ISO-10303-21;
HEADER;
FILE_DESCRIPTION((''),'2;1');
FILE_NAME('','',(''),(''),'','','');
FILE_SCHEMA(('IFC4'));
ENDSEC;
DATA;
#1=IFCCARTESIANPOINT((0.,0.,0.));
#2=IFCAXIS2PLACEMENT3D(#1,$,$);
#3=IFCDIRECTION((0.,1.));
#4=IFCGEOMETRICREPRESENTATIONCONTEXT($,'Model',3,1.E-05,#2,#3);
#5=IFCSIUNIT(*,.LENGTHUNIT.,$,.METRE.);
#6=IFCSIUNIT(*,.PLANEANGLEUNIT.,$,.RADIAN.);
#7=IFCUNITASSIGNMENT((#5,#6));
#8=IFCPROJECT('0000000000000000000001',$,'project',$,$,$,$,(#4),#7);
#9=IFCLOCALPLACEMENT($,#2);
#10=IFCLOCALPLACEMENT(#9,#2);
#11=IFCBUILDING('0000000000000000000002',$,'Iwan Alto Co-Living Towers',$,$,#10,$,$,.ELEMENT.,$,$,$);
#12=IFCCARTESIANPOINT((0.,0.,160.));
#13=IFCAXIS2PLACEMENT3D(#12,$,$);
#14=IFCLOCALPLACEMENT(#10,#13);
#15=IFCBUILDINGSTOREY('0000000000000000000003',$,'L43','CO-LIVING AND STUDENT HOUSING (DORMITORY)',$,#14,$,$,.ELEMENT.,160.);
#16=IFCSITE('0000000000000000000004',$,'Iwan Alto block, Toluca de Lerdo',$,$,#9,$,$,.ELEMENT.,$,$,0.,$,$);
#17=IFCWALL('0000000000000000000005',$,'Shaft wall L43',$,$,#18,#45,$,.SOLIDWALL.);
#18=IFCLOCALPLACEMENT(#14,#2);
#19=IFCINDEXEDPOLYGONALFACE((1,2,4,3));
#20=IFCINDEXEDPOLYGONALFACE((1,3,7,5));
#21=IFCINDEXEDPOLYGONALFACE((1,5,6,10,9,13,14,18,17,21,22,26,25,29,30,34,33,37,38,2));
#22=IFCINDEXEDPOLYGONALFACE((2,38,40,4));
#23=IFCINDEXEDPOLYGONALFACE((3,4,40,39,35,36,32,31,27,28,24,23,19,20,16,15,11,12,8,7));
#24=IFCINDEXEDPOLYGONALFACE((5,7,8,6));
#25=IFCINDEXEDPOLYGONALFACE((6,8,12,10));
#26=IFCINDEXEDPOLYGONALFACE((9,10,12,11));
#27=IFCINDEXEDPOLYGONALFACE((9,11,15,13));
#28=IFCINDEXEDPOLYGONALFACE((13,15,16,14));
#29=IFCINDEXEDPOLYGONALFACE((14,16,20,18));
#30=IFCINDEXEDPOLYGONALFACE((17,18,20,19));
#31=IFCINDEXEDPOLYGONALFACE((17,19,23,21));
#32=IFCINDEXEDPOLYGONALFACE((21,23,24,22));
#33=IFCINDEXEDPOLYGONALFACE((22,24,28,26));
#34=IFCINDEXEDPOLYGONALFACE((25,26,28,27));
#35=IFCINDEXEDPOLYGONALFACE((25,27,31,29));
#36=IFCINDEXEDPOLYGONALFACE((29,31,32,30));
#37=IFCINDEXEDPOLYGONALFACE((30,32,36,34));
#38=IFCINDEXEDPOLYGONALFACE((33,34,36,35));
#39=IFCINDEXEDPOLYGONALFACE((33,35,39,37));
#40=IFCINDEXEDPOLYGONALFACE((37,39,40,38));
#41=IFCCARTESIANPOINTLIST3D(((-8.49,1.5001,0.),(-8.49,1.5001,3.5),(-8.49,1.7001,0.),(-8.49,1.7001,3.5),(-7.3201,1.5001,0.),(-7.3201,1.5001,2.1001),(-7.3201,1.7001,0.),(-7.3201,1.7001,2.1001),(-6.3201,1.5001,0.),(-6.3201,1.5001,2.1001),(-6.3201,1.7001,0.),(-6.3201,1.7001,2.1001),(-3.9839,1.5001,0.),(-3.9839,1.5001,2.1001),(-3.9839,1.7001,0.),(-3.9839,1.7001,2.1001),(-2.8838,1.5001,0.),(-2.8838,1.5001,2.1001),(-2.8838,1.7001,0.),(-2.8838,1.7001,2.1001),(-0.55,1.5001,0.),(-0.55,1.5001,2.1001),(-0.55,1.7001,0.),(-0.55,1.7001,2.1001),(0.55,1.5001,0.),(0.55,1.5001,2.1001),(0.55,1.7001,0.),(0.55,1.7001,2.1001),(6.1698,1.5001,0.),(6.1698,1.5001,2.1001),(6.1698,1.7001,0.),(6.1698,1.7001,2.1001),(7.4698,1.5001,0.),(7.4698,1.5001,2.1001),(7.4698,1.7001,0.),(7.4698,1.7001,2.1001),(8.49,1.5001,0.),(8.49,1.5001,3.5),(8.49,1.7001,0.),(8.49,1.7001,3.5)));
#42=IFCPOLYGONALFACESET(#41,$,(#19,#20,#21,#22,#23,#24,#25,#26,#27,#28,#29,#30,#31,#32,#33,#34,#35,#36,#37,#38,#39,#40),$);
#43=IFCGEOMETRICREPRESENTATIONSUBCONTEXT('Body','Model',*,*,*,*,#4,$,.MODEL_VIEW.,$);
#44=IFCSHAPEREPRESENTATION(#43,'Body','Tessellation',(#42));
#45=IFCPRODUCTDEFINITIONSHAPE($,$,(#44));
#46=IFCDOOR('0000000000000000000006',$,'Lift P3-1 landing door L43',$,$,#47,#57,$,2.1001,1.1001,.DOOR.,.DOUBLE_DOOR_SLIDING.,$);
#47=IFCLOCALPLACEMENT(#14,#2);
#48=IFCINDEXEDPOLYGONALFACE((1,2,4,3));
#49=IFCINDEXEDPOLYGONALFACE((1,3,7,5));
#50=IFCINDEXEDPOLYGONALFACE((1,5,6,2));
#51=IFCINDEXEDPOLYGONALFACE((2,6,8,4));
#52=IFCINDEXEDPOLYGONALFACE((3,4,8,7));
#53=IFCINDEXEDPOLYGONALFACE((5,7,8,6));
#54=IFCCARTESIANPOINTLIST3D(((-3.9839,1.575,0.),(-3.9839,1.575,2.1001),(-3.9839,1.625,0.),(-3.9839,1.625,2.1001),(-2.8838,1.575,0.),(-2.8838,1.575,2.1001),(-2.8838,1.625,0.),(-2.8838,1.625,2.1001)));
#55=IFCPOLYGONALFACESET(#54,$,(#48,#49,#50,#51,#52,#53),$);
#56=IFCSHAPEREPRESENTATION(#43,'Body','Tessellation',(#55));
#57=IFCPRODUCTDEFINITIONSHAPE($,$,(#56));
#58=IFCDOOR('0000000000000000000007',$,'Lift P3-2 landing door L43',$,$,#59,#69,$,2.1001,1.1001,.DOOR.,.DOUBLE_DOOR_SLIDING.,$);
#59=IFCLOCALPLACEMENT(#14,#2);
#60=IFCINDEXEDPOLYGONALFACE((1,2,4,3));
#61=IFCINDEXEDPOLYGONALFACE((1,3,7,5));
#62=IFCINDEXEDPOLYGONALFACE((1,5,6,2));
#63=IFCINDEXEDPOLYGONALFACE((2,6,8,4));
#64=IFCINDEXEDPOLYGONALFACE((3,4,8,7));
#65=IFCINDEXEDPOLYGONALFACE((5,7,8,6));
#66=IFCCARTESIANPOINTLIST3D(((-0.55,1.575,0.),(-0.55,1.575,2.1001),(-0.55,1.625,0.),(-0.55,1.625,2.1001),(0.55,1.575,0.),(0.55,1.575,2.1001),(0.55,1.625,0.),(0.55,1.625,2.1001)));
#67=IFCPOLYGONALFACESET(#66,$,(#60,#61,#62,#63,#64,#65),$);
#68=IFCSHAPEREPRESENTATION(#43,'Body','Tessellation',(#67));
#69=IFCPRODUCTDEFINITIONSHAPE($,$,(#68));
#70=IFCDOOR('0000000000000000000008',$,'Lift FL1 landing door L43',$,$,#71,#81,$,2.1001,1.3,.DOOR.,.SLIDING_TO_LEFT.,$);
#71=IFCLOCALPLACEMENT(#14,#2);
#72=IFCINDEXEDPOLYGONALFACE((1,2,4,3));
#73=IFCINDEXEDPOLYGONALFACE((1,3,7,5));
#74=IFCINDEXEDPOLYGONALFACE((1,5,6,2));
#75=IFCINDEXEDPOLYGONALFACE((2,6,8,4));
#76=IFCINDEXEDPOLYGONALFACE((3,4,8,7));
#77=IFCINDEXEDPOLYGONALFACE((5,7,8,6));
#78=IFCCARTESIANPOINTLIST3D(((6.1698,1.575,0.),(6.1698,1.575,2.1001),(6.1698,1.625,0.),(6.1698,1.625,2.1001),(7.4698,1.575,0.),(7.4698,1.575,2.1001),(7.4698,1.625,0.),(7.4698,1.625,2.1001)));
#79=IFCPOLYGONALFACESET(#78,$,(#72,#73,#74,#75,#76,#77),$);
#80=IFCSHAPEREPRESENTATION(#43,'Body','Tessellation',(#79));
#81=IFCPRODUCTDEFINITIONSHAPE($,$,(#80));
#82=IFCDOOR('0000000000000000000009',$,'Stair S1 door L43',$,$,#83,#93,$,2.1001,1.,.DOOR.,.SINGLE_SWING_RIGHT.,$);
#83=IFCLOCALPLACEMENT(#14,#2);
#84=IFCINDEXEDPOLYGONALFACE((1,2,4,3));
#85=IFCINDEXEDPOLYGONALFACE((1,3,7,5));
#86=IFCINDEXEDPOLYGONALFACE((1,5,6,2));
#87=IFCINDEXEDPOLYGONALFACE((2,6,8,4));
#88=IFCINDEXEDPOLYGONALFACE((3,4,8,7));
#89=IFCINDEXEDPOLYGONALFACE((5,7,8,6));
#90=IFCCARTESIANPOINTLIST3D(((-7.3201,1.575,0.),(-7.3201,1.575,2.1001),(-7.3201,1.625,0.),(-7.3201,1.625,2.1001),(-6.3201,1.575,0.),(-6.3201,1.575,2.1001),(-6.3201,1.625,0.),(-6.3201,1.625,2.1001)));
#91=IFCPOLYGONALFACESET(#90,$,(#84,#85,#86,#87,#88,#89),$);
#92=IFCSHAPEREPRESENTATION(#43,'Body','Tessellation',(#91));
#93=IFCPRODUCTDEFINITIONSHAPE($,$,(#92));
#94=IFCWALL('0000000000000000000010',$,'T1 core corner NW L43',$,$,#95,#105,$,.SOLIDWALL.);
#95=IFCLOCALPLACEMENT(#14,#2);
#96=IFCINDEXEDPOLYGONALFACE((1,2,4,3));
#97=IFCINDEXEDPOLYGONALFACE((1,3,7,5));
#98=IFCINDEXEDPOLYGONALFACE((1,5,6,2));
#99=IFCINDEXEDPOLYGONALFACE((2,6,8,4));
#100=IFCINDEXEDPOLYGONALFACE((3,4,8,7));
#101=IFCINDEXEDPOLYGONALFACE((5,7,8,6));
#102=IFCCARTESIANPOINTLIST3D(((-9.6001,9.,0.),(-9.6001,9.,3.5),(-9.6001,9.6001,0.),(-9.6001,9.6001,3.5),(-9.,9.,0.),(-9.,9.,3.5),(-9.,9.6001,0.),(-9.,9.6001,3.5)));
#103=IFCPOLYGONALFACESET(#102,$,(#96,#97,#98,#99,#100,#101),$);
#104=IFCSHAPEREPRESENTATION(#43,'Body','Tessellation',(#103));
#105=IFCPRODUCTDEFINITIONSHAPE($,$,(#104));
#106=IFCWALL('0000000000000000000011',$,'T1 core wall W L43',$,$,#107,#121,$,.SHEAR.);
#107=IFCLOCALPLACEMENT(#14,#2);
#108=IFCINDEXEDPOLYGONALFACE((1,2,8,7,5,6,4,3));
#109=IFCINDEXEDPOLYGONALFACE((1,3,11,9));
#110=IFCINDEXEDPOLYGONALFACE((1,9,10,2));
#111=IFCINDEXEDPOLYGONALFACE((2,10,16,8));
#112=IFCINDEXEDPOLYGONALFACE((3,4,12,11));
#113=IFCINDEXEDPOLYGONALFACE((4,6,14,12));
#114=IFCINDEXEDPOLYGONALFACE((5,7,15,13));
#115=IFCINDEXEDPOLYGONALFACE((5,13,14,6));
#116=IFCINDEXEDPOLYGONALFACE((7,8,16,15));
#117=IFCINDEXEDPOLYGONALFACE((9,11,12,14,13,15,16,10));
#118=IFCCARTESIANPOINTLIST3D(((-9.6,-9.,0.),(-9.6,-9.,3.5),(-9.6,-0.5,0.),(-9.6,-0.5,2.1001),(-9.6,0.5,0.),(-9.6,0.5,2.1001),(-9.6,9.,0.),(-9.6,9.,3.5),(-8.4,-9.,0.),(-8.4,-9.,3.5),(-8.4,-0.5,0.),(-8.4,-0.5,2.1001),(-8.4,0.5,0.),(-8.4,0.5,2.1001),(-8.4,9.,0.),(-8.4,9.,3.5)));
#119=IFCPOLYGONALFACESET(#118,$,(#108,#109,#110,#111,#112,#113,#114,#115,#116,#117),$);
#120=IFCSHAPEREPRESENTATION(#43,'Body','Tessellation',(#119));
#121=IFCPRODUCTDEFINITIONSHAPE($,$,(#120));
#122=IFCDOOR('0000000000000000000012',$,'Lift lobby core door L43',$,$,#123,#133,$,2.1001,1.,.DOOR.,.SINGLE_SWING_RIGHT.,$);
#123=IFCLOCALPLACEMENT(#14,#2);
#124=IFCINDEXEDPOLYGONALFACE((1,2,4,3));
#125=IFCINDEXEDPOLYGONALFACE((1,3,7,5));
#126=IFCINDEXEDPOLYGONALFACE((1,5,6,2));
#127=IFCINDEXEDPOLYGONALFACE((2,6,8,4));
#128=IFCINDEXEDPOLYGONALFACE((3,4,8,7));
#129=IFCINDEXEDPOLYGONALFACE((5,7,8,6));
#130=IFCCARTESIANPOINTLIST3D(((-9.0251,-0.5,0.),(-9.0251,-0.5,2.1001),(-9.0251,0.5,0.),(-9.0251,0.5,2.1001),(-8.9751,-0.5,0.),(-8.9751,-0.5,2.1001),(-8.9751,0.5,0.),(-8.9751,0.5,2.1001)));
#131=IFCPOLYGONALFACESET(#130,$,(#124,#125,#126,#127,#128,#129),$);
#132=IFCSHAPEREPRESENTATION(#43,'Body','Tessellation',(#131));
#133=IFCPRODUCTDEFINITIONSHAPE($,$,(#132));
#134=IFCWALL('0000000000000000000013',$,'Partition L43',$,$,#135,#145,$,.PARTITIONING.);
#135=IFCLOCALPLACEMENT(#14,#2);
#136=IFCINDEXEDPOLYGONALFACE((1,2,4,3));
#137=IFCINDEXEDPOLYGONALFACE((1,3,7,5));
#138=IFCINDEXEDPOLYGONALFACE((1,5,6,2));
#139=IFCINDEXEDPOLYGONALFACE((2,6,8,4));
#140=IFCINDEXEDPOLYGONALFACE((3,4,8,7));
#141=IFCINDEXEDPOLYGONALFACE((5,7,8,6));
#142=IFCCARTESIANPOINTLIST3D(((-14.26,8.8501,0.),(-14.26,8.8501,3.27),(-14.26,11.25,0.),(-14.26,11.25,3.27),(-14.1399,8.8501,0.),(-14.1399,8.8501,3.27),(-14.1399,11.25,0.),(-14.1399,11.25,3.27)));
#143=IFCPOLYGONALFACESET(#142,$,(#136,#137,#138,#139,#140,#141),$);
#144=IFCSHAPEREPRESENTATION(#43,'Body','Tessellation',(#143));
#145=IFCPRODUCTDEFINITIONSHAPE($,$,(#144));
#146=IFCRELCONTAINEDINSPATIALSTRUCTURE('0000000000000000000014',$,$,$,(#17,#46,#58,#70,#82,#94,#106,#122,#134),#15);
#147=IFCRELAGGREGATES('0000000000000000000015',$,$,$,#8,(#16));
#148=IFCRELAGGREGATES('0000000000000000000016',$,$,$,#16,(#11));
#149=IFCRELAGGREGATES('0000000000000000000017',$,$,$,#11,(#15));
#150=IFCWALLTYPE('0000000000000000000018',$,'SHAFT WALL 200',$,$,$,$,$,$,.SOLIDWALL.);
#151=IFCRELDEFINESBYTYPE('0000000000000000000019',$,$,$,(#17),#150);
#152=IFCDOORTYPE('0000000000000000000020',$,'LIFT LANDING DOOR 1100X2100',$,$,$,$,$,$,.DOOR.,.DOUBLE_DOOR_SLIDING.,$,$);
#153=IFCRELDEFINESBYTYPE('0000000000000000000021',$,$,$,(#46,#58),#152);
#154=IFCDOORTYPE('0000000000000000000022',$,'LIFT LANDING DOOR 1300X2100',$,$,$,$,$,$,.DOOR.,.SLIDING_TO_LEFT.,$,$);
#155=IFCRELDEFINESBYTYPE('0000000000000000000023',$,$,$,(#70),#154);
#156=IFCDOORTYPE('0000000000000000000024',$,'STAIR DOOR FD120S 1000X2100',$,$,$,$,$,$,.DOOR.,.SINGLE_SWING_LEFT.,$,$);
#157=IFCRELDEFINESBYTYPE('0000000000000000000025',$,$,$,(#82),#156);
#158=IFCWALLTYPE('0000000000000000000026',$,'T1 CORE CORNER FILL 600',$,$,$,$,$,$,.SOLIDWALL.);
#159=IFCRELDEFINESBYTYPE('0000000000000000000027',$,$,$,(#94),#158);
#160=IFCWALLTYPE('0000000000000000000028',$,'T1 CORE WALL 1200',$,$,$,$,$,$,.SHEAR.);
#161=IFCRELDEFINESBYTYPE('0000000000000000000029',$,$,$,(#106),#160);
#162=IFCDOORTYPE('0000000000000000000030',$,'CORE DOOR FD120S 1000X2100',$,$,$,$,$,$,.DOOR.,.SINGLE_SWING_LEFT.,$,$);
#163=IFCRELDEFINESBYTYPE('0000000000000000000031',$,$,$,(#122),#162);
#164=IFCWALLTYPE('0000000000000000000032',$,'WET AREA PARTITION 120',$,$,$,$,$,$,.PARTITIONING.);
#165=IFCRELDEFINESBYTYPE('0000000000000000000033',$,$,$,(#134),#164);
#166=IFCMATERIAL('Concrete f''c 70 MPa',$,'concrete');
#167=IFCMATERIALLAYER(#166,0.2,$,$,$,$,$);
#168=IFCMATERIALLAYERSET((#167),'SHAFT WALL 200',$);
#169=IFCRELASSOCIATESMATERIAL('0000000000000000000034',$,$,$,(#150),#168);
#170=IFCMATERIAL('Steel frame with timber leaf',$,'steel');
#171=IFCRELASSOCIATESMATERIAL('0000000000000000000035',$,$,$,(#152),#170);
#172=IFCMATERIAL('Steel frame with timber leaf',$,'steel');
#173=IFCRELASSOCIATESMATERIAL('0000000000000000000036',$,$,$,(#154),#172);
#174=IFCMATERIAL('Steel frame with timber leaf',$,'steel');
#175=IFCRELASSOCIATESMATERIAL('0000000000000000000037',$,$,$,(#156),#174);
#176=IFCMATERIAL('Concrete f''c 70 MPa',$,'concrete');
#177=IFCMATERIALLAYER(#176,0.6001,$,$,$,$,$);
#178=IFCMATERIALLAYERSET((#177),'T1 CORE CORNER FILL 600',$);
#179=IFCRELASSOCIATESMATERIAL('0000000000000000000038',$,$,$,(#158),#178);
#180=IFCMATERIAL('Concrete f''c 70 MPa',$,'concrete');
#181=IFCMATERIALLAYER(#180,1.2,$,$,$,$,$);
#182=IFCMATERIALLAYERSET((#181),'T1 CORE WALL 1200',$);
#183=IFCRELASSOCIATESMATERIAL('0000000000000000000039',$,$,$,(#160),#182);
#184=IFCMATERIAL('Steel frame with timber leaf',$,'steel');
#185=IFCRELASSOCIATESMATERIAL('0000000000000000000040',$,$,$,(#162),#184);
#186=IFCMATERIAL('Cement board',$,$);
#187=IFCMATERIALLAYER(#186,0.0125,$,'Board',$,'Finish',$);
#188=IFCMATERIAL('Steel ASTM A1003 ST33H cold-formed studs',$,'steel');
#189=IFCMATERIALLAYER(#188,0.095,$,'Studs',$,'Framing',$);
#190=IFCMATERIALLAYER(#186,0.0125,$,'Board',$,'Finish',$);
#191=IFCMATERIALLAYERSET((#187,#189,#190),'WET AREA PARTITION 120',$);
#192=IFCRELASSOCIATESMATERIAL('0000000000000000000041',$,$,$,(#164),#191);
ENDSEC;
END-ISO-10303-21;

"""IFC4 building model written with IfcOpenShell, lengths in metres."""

from ifc_helpers import new_model, si_unit, direction, frame, frame_2d, origin, place, context, subcontext, project, spatial, rectangle, extrude, material, layer, layer_set, type_object, element, fill, save


model = new_model("IFC4")

# Units and contexts
model_context = context("Model", 3, precision=1e-05, world=origin(), true_north=direction((0.0, 1.0)))
body_context = subcontext(model_context, "Body", "Model", "MODEL_VIEW")
ifc_project = project(units=[si_unit("LENGTHUNIT", "METRE"), si_unit("PLANEANGLEUNIT", "RADIAN")], contexts=[model_context])

# Site, building, storey
site_placement = place(None, origin())
site = spatial("IfcSite", under=ifc_project, at=site_placement, Name="Iwan Alto block, Toluca de Lerdo", CompositionType="ELEMENT", RefElevation=0.0)
building_placement = place(site_placement, origin())
building = spatial("IfcBuilding", under=site, at=building_placement, Name="Iwan Alto Co-Living Towers", CompositionType="ELEMENT")
storey_placement = place(building_placement, frame((0.0, 0.0, 160.0)))
storey = spatial("IfcBuildingStorey", under=building, at=storey_placement, Name="L43", Description="CO-LIVING AND STUDENT HOUSING (DORMITORY)", CompositionType="ELEMENT", Elevation=160.0)

# Shared definitions
ifc_material_1 = material(Name="Steel ASTM A1003 ST33H cold-formed studs", Category="steel")

# Wall, openings, doors
ifc_material_2 = material(Name="Concrete f'c 70 MPa", Category="concrete")
ifc_layer_1 = layer(ifc_material_2, 0.2)
ifc_layer_set_1 = layer_set([ifc_layer_1], Name="SHAFT WALL 200")
wall_type_1 = type_object("IfcWallType", Name="SHAFT WALL 200", PredefinedType="SOLIDWALL", material=ifc_layer_set_1)
wall_1_placement = place(storey_placement, frame((-8.49, 1.6001, 0.0), z_axis=(0.0, 0.0, 1.0), x_axis=(1.0, 0.0, 0.0)))
wall_1 = element("IfcWall", 1, at=wall_1_placement, inside=storey, type_object=wall_type_1, Name="Shaft wall L43", PredefinedType="SOLIDWALL", context=body_context, shape_type="SweptSolid", body=[
    extrude(rectangle(XDim=16.98, YDim=0.2, at=frame_2d((8.49, 0.0))), origin(), (0.0, 0.0, 1.0), 3.5),
])
opening_1_placement = place(wall_1_placement, frame((1.1699, 0.0, 0.0)))
opening_1 = element("IfcOpeningElement", 2, at=opening_1_placement, cuts=wall_1, PredefinedType="OPENING", context=body_context, shape_type="SweptSolid", body=[
    extrude(rectangle(XDim=1.0, YDim=2.1001, at=frame_2d((0.5, 1.05))), frame((0.0, 0.1099, 0.0), z_axis=(0.0, -1.0, 0.0), x_axis=(1.0, 0.0, 0.0)), (0.0, 0.0, 1.0), 0.22),
])
opening_2_placement = place(wall_1_placement, frame((4.5061, 0.0, 0.0)))
opening_2 = element("IfcOpeningElement", 3, at=opening_2_placement, cuts=wall_1, PredefinedType="OPENING", context=body_context, shape_type="SweptSolid", body=[
    extrude(rectangle(XDim=1.1001, YDim=2.1001, at=frame_2d((0.55, 1.05))), frame((0.0, 0.1099, 0.0), z_axis=(0.0, -1.0, 0.0), x_axis=(1.0, 0.0, 0.0)), (0.0, 0.0, 1.0), 0.22),
])
opening_3_placement = place(wall_1_placement, frame((7.9399, 0.0, 0.0)))
opening_3 = element("IfcOpeningElement", 4, at=opening_3_placement, cuts=wall_1, PredefinedType="OPENING", context=body_context, shape_type="SweptSolid", body=[
    extrude(rectangle(XDim=1.1001, YDim=2.1001, at=frame_2d((0.55, 1.05))), frame((0.0, 0.1099, 0.0), z_axis=(0.0, -1.0, 0.0), x_axis=(1.0, 0.0, 0.0)), (0.0, 0.0, 1.0), 0.22),
])
opening_4_placement = place(wall_1_placement, frame((14.6599, 0.0, 0.0)))
opening_4 = element("IfcOpeningElement", 5, at=opening_4_placement, cuts=wall_1, PredefinedType="OPENING", context=body_context, shape_type="SweptSolid", body=[
    extrude(rectangle(XDim=1.3, YDim=2.1001, at=frame_2d((0.6499, 1.05))), frame((0.0, 0.1099, 0.0), z_axis=(0.0, -1.0, 0.0), x_axis=(1.0, 0.0, 0.0)), (0.0, 0.0, 1.0), 0.22),
])
ifc_material_3 = material(Name="Steel frame with timber leaf", Category="steel")
door_type_1 = type_object("IfcDoorType", Name="LIFT LANDING DOOR 1100X2100", OperationType="DOUBLE_DOOR_SLIDING", PredefinedType="DOOR", material=ifc_material_3)
door_1_placement = place(opening_2_placement, origin())
door_1 = element("IfcDoor", 6, at=door_1_placement, inside=storey, type_object=door_type_1, Name="Lift P3-1 landing door L43", OperationType="DOUBLE_DOOR_SLIDING", OverallHeight=2.1001, OverallWidth=1.1001, PredefinedType="DOOR", context=body_context, shape_type="SweptSolid", body=[
    extrude(rectangle(XDim=1.1001, YDim=2.1001, at=frame_2d((0.55, 1.05))), frame((0.0, 0.0249, 0.0), z_axis=(0.0, -1.0, 0.0), x_axis=(1.0, 0.0, 0.0)), (0.0, 0.0, 1.0), 0.05),
])
fill(opening_2, door_1)
door_2_placement = place(opening_3_placement, origin())
door_2 = element("IfcDoor", 7, at=door_2_placement, inside=storey, type_object=door_type_1, Name="Lift P3-2 landing door L43", OperationType="DOUBLE_DOOR_SLIDING", OverallHeight=2.1001, OverallWidth=1.1001, PredefinedType="DOOR", context=body_context, shape_type="SweptSolid", body=[
    extrude(rectangle(XDim=1.1001, YDim=2.1001, at=frame_2d((0.55, 1.05))), frame((0.0, 0.0249, 0.0), z_axis=(0.0, -1.0, 0.0), x_axis=(1.0, 0.0, 0.0)), (0.0, 0.0, 1.0), 0.05),
])
fill(opening_3, door_2)
ifc_material_4 = material(Name="Steel frame with timber leaf", Category="steel")
door_type_2 = type_object("IfcDoorType", Name="LIFT LANDING DOOR 1300X2100", OperationType="SLIDING_TO_LEFT", PredefinedType="DOOR", material=ifc_material_4)
door_3_placement = place(opening_4_placement, origin())
door_3 = element("IfcDoor", 8, at=door_3_placement, inside=storey, type_object=door_type_2, Name="Lift FL1 landing door L43", OperationType="SLIDING_TO_LEFT", OverallHeight=2.1001, OverallWidth=1.3, PredefinedType="DOOR", context=body_context, shape_type="SweptSolid", body=[
    extrude(rectangle(XDim=1.3, YDim=2.1001, at=frame_2d((0.6499, 1.05))), frame((0.0, 0.0249, 0.0), z_axis=(0.0, -1.0, 0.0), x_axis=(1.0, 0.0, 0.0)), (0.0, 0.0, 1.0), 0.05),
])
fill(opening_4, door_3)
ifc_material_5 = material(Name="Steel frame with timber leaf", Category="steel")
door_type_3 = type_object("IfcDoorType", Name="STAIR DOOR FD120S 1000X2100", OperationType="SINGLE_SWING_LEFT", PredefinedType="DOOR", material=ifc_material_5)
door_4_placement = place(opening_1_placement, origin())
door_4 = element("IfcDoor", 9, at=door_4_placement, inside=storey, type_object=door_type_3, Name="Stair S1 door L43", OperationType="SINGLE_SWING_RIGHT", OverallHeight=2.1001, OverallWidth=1.0, PredefinedType="DOOR", context=body_context, shape_type="SweptSolid", body=[
    extrude(rectangle(XDim=1.0, YDim=2.1001, at=frame_2d((0.5, 1.05))), frame((0.0, 0.0249, 0.0), z_axis=(0.0, -1.0, 0.0), x_axis=(1.0, 0.0, 0.0)), (0.0, 0.0, 1.0), 0.05),
])
fill(opening_1, door_4)

# Wall
ifc_material_6 = material(Name="Concrete f'c 70 MPa", Category="concrete")
ifc_layer_2 = layer(ifc_material_6, 0.6001)
ifc_layer_set_2 = layer_set([ifc_layer_2], Name="T1 CORE CORNER FILL 600")
wall_type_2 = type_object("IfcWallType", Name="T1 CORE CORNER FILL 600", PredefinedType="SOLIDWALL", material=ifc_layer_set_2)
wall_2_placement = place(storey_placement, frame((-9.6001, 9.3, 0.0), z_axis=(0.0, 0.0, 1.0), x_axis=(1.0, 0.0, 0.0)))
element("IfcWall", 10, at=wall_2_placement, inside=storey, type_object=wall_type_2, Name="T1 core corner NW L43", PredefinedType="SOLIDWALL", context=body_context, shape_type="SweptSolid", body=[
    extrude(rectangle(XDim=0.6001, YDim=0.6001, at=frame_2d((0.3, 0.0))), origin(), (0.0, 0.0, 1.0), 3.5),
])

# Wall, opening, door
ifc_material_7 = material(Name="Concrete f'c 70 MPa", Category="concrete")
ifc_layer_3 = layer(ifc_material_7, 1.2)
ifc_layer_set_3 = layer_set([ifc_layer_3], Name="T1 CORE WALL 1200")
wall_type_3 = type_object("IfcWallType", Name="T1 CORE WALL 1200", PredefinedType="SHEAR", material=ifc_layer_set_3)
wall_3_placement = place(storey_placement, frame((-9.0, 9.0, 0.0), z_axis=(0.0, 0.0, 1.0), x_axis=(0.0, -1.0, 0.0)))
wall_3 = element("IfcWall", 11, at=wall_3_placement, inside=storey, type_object=wall_type_3, Name="T1 core wall W L43", PredefinedType="SHEAR", context=body_context, shape_type="SweptSolid", body=[
    extrude(rectangle(XDim=18.0, YDim=1.2, at=frame_2d((9.0, 0.0))), origin(), (0.0, 0.0, 1.0), 3.5),
])
opening_5_placement = place(wall_3_placement, frame((8.5, 0.0, 0.0)))
opening_5 = element("IfcOpeningElement", 12, at=opening_5_placement, cuts=wall_3, PredefinedType="OPENING", context=body_context, shape_type="SweptSolid", body=[
    extrude(rectangle(XDim=1.0, YDim=2.1001, at=frame_2d((0.5, 1.05))), frame((0.0, 0.6099, 0.0), z_axis=(0.0, -1.0, 0.0), x_axis=(1.0, 0.0, 0.0)), (0.0, 0.0, 1.0), 1.22),
])
ifc_material_8 = material(Name="Steel frame with timber leaf", Category="steel")
door_type_4 = type_object("IfcDoorType", Name="CORE DOOR FD120S 1000X2100", OperationType="SINGLE_SWING_LEFT", PredefinedType="DOOR", material=ifc_material_8)
door_5_placement = place(opening_5_placement, origin())
door_5 = element("IfcDoor", 13, at=door_5_placement, inside=storey, type_object=door_type_4, Name="Lift lobby core door L43", OperationType="SINGLE_SWING_RIGHT", OverallHeight=2.1001, OverallWidth=1.0, PredefinedType="DOOR", context=body_context, shape_type="SweptSolid", body=[
    extrude(rectangle(XDim=1.0, YDim=2.1001, at=frame_2d((0.5, 1.05))), frame((0.0, 0.0249, 0.0), z_axis=(0.0, -1.0, 0.0), x_axis=(1.0, 0.0, 0.0)), (0.0, 0.0, 1.0), 0.05),
])
fill(opening_5, door_5)

# Wall
ifc_material_9 = material(Name="Cement board")
ifc_layer_4 = layer(ifc_material_9, 0.0125, Name="Board", Category="Finish")
ifc_layer_5 = layer(ifc_material_1, 0.095, Name="Studs", Category="Framing")
ifc_layer_6 = layer(ifc_material_9, 0.0125, Name="Board", Category="Finish")
ifc_layer_set_4 = layer_set([ifc_layer_4, ifc_layer_5, ifc_layer_6], Name="WET AREA PARTITION 120")
wall_type_4 = type_object("IfcWallType", Name="WET AREA PARTITION 120", PredefinedType="PARTITIONING", material=ifc_layer_set_4)
wall_4_placement = place(storey_placement, frame((-14.2, 8.8501, 0.0), z_axis=(0.0, 0.0, 1.0), x_axis=(0.0, 1.0, 0.0)))
element("IfcWall", 14, at=wall_4_placement, inside=storey, type_object=wall_type_4, Name="Partition L43", PredefinedType="PARTITIONING", context=body_context, shape_type="SweptSolid", body=[
    extrude(rectangle(XDim=2.3999, YDim=0.1201, at=frame_2d((1.2, 0.0))), origin(), (0.0, 0.0, 1.0), 3.27),
])

save(model, "model.ifc")
